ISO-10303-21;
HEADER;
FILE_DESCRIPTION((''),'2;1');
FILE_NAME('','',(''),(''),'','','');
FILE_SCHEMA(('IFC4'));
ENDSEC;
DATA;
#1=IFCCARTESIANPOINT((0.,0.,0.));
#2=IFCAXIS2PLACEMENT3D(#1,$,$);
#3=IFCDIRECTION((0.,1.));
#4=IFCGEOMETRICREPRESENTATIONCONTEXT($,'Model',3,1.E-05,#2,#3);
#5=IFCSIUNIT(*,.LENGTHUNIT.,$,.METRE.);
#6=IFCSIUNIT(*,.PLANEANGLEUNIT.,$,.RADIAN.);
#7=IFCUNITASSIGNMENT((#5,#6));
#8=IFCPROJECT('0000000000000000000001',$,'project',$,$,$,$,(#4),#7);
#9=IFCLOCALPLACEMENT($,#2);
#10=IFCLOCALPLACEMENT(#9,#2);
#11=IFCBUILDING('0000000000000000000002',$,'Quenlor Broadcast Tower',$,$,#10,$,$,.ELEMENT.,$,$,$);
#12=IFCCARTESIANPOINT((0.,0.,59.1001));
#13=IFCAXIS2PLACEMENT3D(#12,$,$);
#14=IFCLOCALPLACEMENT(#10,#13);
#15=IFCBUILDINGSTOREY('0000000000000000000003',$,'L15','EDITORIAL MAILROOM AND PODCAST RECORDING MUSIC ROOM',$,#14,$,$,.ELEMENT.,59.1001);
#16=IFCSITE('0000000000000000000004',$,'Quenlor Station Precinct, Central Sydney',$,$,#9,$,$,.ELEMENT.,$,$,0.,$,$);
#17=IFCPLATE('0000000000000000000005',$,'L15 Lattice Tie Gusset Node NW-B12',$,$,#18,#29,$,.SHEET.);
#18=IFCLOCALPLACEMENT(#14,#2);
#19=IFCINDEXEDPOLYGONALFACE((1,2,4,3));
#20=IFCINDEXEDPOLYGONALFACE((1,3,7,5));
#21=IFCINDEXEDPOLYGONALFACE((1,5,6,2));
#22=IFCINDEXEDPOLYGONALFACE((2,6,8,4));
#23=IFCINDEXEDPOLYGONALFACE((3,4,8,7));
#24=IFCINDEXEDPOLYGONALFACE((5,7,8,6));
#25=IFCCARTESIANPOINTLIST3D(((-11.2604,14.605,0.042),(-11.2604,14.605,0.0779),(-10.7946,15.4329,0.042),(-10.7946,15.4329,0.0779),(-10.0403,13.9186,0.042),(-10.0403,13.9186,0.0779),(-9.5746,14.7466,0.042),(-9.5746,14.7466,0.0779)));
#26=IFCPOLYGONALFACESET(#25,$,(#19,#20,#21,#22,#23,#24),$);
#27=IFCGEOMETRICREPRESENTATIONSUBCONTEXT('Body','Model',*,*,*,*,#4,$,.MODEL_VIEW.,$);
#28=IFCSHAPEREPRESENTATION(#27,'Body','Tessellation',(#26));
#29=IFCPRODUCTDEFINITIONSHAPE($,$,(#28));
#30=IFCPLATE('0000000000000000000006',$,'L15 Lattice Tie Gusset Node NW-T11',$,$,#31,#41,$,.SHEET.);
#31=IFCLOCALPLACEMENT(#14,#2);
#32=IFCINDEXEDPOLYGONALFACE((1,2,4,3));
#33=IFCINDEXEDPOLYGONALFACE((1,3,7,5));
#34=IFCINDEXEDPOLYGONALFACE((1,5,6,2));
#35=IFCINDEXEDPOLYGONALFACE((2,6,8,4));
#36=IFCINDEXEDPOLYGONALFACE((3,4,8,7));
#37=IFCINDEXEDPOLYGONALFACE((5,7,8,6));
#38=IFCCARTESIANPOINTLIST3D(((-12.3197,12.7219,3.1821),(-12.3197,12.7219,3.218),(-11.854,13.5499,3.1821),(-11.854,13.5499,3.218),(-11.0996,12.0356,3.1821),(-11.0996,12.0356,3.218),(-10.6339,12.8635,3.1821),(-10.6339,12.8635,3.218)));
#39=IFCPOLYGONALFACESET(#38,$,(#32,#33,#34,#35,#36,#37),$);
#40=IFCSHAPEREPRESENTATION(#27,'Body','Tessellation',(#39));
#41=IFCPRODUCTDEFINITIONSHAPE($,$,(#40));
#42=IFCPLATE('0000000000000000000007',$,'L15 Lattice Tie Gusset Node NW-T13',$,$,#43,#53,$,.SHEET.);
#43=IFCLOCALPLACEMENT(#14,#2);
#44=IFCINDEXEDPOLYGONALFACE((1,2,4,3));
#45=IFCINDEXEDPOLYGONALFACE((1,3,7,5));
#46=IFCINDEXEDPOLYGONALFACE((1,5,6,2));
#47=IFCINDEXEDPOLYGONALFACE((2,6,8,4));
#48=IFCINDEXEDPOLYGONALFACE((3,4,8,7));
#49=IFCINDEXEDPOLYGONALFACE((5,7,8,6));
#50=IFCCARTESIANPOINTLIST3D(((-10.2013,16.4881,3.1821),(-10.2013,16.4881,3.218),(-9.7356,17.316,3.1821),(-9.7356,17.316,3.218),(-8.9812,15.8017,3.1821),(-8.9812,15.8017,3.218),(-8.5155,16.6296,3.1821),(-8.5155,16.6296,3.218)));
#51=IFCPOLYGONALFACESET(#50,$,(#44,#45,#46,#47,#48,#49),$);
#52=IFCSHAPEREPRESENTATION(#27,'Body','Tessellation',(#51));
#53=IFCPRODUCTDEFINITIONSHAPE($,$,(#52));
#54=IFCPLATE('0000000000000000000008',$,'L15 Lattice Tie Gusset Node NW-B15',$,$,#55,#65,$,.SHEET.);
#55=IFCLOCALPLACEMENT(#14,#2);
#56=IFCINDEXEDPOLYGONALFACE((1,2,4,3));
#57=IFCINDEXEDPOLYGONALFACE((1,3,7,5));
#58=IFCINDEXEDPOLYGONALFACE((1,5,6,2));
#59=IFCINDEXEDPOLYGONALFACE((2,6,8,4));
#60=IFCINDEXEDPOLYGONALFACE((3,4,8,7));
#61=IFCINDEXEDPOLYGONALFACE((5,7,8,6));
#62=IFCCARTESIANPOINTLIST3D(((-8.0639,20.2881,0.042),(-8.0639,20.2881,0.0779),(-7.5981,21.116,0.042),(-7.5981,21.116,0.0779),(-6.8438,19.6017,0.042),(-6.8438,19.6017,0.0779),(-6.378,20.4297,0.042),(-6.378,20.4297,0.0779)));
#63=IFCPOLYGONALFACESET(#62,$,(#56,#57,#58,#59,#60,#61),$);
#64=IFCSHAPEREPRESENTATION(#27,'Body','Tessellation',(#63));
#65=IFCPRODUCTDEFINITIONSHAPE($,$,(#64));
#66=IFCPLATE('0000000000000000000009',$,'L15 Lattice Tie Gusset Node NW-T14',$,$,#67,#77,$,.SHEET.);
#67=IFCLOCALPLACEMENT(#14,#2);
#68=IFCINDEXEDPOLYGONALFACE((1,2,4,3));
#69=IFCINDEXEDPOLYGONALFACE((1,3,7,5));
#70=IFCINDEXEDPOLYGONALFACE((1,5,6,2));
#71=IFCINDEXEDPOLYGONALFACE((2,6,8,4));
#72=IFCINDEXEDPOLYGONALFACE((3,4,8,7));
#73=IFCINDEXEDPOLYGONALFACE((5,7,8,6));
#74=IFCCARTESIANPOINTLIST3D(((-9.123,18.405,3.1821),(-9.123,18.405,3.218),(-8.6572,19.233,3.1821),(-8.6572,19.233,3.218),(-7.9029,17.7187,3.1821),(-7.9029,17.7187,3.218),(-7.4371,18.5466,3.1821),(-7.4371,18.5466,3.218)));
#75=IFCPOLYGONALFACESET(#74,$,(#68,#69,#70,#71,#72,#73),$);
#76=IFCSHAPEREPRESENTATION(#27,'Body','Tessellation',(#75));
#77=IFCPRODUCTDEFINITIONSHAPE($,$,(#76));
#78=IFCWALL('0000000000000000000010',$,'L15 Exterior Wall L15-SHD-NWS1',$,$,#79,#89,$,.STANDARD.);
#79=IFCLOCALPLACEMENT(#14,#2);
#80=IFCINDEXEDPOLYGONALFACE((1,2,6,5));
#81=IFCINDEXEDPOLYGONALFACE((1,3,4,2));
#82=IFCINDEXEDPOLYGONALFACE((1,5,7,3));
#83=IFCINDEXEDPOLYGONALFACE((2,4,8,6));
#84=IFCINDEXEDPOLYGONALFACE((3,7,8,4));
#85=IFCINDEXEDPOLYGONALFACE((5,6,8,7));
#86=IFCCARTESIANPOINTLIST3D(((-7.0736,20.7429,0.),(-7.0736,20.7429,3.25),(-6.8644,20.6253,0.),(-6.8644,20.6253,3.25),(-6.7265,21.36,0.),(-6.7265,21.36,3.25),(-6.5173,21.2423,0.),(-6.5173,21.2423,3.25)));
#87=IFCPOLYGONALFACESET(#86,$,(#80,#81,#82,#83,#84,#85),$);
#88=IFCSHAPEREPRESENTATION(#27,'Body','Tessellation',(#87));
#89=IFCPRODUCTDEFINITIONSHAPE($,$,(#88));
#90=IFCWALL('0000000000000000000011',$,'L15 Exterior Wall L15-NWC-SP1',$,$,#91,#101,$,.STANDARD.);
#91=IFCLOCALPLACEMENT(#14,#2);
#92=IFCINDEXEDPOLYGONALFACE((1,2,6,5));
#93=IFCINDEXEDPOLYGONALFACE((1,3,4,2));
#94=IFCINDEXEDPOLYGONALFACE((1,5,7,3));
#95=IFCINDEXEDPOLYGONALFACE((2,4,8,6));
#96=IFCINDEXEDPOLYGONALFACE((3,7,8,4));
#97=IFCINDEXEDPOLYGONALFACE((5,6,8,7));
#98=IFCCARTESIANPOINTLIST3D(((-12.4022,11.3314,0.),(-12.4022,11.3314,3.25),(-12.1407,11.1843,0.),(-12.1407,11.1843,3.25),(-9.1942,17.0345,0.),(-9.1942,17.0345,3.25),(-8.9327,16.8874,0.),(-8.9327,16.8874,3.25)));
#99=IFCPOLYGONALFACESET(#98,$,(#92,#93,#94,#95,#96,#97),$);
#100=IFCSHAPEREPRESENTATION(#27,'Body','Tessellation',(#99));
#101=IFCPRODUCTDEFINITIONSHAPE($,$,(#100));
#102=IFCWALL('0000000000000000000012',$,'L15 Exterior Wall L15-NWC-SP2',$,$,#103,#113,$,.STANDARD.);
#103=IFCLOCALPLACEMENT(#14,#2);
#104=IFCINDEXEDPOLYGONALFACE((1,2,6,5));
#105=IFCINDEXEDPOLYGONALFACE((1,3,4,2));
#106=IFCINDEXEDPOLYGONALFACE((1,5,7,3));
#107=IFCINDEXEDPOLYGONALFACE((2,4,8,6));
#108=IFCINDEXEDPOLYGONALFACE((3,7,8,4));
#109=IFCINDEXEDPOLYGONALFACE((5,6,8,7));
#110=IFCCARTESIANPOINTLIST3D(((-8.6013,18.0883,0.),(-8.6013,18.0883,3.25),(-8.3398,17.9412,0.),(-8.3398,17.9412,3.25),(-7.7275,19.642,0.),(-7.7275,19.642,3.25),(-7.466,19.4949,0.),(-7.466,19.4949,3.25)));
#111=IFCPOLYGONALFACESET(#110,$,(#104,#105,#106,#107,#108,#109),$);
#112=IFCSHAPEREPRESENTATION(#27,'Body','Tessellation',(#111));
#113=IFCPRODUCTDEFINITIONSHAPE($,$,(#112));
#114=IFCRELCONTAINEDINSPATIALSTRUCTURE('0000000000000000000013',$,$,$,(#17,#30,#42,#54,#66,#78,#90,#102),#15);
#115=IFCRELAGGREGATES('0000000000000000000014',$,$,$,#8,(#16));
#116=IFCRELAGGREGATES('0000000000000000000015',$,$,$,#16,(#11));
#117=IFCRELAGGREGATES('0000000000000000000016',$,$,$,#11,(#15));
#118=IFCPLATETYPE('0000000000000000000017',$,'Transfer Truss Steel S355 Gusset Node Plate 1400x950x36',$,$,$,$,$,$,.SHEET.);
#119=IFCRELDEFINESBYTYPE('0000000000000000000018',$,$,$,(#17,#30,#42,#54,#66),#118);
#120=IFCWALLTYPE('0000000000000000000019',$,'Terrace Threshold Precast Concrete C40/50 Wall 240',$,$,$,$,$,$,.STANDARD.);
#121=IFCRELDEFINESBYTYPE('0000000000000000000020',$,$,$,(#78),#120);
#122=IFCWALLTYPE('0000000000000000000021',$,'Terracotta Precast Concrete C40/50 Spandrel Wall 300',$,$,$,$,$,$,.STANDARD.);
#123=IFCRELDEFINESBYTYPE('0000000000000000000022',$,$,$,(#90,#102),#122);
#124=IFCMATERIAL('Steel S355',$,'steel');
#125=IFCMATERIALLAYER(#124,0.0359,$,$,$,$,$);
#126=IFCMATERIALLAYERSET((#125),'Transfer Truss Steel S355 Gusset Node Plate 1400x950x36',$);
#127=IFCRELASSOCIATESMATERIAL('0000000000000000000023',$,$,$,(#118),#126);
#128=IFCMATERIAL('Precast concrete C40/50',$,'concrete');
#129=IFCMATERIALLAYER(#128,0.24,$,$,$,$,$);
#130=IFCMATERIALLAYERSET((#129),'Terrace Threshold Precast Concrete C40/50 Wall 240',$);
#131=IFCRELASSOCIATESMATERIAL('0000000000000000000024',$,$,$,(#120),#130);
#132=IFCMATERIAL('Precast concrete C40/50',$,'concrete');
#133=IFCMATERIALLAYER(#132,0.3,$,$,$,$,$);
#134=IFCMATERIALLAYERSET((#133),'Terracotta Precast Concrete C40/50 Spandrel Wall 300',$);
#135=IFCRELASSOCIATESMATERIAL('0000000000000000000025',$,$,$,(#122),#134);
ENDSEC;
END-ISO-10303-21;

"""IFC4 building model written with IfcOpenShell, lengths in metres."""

from ifc_helpers import new_model, si_unit, direction, frame, frame_2d, origin, origin_2d, place, context, subcontext, project, spatial, rectangle, extrude, material, layer, layer_set, type_object, element, save


model = new_model("IFC4")

# Units and contexts
model_context = context("Model", 3, precision=1e-05, world=origin(), true_north=direction((0.0, 1.0)))
body_context = subcontext(model_context, "Body", "Model", "MODEL_VIEW")
ifc_project = project(units=[si_unit("LENGTHUNIT", "METRE"), si_unit("PLANEANGLEUNIT", "RADIAN")], contexts=[model_context])

# Site, building, storey
site_placement = place(None, origin())
site = spatial("IfcSite", under=ifc_project, at=site_placement, Name="Quenlor Station Precinct, Central Sydney", CompositionType="ELEMENT", RefElevation=0.0)
building_placement = place(site_placement, origin())
building = spatial("IfcBuilding", under=site, at=building_placement, Name="Quenlor Broadcast Tower", CompositionType="ELEMENT")
storey_placement = place(building_placement, frame((0.0, 0.0, 59.1001)))
storey = spatial("IfcBuildingStorey", under=building, at=storey_placement, Name="L15", Description="EDITORIAL MAILROOM AND PODCAST RECORDING MUSIC ROOM", CompositionType="ELEMENT", Elevation=59.1001)

# Plates
ifc_material_1 = material(Name="Steel S355", Category="steel")
ifc_layer_1 = layer(ifc_material_1, 0.0359)
ifc_layer_set_1 = layer_set([ifc_layer_1], Name="Transfer Truss Steel S355 Gusset Node Plate 1400x950x36")
plate_type_1 = type_object("IfcPlateType", Name="Transfer Truss Steel S355 Gusset Node Plate 1400x950x36", PredefinedType="SHEET", material=ifc_layer_set_1)
for number, where, z_axis, x_axis, name in (
    (1, (-10.4175, 14.6758, 0.042), (0.0, 0.0, 1.0), (-0.871556, 0.490295, 0.0), "L15 Lattice Tie Gusset Node NW-B12"),
    (2, (-11.4768, 12.7927, 3.1821), (0.0, 0.0, 1.0), (-0.871556, 0.490295, 0.0), "L15 Lattice Tie Gusset Node NW-T11"),
    (3, (-9.3584, 16.5588, 3.1821), (0.0, 0.0, 1.0), (-0.871556, 0.490295, 0.0), "L15 Lattice Tie Gusset Node NW-T13"),
    (4, (-7.2209, 20.3589, 0.042), (0.0, 0.0, 1.0), (-0.871556, 0.490295, 0.0), "L15 Lattice Tie Gusset Node NW-B15"),
    (5, (-8.28, 18.4758, 3.1821), (0.0, 0.0, 1.0), (-0.871556, 0.490295, 0.0), "L15 Lattice Tie Gusset Node NW-T14"),
):
    element("IfcPlate", number, at=place(storey_placement, frame(where, z_axis=z_axis, x_axis=x_axis)), inside=storey, type_object=plate_type_1, Name=name, PredefinedType="SHEET", context=body_context, shape_type="SweptSolid", body=[
        extrude(rectangle(XDim=1.3999, YDim=0.95, at=origin_2d()), origin(), (0.0, 0.0, 1.0), 0.0359),
    ])

# Walls
ifc_material_2 = material(Name="Precast concrete C40/50", Category="concrete")
ifc_layer_2 = layer(ifc_material_2, 0.24)
ifc_layer_set_2 = layer_set([ifc_layer_2], Name="Terrace Threshold Precast Concrete C40/50 Wall 240")
wall_type_1 = type_object("IfcWallType", Name="Terrace Threshold Precast Concrete C40/50 Wall 240", PredefinedType="STANDARD", material=ifc_layer_set_2)
wall_1_placement = place(storey_placement, frame((-6.969, 20.6841, 0.0), z_axis=(0.0, 0.0, 1.0), x_axis=(0.490261, 0.871576, 0.0)))
element("IfcWall", 6, at=wall_1_placement, inside=storey, type_object=wall_type_1, Name="L15 Exterior Wall L15-SHD-NWS1", PredefinedType="STANDARD", context=body_context, shape_type="SweptSolid", body=[
    extrude(rectangle(XDim=0.708, YDim=0.24, at=frame_2d((0.354, 0.0))), origin(), (0.0, 0.0, 1.0), 3.25),
])
ifc_material_3 = material(Name="Precast concrete C40/50", Category="concrete")
ifc_layer_3 = layer(ifc_material_3, 0.3)
ifc_layer_set_3 = layer_set([ifc_layer_3], Name="Terracotta Precast Concrete C40/50 Spandrel Wall 300")
wall_type_2 = type_object("IfcWallType", Name="Terracotta Precast Concrete C40/50 Spandrel Wall 300", PredefinedType="STANDARD", material=ifc_layer_set_3)
wall_2_placement = place(storey_placement, frame((-12.2715, 11.2578, 0.0), z_axis=(0.0, 0.0, 1.0), x_axis=(0.490261, 0.871576, 0.0)))
element("IfcWall", 7, at=wall_2_placement, inside=storey, type_object=wall_type_2, Name="L15 Exterior Wall L15-NWC-SP1", PredefinedType="STANDARD", context=body_context, shape_type="SweptSolid", body=[
    extrude(rectangle(XDim=6.5435, YDim=0.3, at=frame_2d((3.2717, 0.0))), origin(), (0.0, 0.0, 1.0), 3.25),
])
wall_3_placement = place(storey_placement, frame((-8.4705, 18.0149, 0.0), z_axis=(0.0, 0.0, 1.0), x_axis=(0.490183, 0.871619, 0.0)))
element("IfcWall", 8, at=wall_3_placement, inside=storey, type_object=wall_type_2, Name="L15 Exterior Wall L15-NWC-SP2", PredefinedType="STANDARD", context=body_context, shape_type="SweptSolid", body=[
    extrude(rectangle(XDim=1.7825, YDim=0.3, at=frame_2d((0.8911, 0.0))), origin(), (0.0, 0.0, 1.0), 3.25),
])

save(model, "model.ifc")
